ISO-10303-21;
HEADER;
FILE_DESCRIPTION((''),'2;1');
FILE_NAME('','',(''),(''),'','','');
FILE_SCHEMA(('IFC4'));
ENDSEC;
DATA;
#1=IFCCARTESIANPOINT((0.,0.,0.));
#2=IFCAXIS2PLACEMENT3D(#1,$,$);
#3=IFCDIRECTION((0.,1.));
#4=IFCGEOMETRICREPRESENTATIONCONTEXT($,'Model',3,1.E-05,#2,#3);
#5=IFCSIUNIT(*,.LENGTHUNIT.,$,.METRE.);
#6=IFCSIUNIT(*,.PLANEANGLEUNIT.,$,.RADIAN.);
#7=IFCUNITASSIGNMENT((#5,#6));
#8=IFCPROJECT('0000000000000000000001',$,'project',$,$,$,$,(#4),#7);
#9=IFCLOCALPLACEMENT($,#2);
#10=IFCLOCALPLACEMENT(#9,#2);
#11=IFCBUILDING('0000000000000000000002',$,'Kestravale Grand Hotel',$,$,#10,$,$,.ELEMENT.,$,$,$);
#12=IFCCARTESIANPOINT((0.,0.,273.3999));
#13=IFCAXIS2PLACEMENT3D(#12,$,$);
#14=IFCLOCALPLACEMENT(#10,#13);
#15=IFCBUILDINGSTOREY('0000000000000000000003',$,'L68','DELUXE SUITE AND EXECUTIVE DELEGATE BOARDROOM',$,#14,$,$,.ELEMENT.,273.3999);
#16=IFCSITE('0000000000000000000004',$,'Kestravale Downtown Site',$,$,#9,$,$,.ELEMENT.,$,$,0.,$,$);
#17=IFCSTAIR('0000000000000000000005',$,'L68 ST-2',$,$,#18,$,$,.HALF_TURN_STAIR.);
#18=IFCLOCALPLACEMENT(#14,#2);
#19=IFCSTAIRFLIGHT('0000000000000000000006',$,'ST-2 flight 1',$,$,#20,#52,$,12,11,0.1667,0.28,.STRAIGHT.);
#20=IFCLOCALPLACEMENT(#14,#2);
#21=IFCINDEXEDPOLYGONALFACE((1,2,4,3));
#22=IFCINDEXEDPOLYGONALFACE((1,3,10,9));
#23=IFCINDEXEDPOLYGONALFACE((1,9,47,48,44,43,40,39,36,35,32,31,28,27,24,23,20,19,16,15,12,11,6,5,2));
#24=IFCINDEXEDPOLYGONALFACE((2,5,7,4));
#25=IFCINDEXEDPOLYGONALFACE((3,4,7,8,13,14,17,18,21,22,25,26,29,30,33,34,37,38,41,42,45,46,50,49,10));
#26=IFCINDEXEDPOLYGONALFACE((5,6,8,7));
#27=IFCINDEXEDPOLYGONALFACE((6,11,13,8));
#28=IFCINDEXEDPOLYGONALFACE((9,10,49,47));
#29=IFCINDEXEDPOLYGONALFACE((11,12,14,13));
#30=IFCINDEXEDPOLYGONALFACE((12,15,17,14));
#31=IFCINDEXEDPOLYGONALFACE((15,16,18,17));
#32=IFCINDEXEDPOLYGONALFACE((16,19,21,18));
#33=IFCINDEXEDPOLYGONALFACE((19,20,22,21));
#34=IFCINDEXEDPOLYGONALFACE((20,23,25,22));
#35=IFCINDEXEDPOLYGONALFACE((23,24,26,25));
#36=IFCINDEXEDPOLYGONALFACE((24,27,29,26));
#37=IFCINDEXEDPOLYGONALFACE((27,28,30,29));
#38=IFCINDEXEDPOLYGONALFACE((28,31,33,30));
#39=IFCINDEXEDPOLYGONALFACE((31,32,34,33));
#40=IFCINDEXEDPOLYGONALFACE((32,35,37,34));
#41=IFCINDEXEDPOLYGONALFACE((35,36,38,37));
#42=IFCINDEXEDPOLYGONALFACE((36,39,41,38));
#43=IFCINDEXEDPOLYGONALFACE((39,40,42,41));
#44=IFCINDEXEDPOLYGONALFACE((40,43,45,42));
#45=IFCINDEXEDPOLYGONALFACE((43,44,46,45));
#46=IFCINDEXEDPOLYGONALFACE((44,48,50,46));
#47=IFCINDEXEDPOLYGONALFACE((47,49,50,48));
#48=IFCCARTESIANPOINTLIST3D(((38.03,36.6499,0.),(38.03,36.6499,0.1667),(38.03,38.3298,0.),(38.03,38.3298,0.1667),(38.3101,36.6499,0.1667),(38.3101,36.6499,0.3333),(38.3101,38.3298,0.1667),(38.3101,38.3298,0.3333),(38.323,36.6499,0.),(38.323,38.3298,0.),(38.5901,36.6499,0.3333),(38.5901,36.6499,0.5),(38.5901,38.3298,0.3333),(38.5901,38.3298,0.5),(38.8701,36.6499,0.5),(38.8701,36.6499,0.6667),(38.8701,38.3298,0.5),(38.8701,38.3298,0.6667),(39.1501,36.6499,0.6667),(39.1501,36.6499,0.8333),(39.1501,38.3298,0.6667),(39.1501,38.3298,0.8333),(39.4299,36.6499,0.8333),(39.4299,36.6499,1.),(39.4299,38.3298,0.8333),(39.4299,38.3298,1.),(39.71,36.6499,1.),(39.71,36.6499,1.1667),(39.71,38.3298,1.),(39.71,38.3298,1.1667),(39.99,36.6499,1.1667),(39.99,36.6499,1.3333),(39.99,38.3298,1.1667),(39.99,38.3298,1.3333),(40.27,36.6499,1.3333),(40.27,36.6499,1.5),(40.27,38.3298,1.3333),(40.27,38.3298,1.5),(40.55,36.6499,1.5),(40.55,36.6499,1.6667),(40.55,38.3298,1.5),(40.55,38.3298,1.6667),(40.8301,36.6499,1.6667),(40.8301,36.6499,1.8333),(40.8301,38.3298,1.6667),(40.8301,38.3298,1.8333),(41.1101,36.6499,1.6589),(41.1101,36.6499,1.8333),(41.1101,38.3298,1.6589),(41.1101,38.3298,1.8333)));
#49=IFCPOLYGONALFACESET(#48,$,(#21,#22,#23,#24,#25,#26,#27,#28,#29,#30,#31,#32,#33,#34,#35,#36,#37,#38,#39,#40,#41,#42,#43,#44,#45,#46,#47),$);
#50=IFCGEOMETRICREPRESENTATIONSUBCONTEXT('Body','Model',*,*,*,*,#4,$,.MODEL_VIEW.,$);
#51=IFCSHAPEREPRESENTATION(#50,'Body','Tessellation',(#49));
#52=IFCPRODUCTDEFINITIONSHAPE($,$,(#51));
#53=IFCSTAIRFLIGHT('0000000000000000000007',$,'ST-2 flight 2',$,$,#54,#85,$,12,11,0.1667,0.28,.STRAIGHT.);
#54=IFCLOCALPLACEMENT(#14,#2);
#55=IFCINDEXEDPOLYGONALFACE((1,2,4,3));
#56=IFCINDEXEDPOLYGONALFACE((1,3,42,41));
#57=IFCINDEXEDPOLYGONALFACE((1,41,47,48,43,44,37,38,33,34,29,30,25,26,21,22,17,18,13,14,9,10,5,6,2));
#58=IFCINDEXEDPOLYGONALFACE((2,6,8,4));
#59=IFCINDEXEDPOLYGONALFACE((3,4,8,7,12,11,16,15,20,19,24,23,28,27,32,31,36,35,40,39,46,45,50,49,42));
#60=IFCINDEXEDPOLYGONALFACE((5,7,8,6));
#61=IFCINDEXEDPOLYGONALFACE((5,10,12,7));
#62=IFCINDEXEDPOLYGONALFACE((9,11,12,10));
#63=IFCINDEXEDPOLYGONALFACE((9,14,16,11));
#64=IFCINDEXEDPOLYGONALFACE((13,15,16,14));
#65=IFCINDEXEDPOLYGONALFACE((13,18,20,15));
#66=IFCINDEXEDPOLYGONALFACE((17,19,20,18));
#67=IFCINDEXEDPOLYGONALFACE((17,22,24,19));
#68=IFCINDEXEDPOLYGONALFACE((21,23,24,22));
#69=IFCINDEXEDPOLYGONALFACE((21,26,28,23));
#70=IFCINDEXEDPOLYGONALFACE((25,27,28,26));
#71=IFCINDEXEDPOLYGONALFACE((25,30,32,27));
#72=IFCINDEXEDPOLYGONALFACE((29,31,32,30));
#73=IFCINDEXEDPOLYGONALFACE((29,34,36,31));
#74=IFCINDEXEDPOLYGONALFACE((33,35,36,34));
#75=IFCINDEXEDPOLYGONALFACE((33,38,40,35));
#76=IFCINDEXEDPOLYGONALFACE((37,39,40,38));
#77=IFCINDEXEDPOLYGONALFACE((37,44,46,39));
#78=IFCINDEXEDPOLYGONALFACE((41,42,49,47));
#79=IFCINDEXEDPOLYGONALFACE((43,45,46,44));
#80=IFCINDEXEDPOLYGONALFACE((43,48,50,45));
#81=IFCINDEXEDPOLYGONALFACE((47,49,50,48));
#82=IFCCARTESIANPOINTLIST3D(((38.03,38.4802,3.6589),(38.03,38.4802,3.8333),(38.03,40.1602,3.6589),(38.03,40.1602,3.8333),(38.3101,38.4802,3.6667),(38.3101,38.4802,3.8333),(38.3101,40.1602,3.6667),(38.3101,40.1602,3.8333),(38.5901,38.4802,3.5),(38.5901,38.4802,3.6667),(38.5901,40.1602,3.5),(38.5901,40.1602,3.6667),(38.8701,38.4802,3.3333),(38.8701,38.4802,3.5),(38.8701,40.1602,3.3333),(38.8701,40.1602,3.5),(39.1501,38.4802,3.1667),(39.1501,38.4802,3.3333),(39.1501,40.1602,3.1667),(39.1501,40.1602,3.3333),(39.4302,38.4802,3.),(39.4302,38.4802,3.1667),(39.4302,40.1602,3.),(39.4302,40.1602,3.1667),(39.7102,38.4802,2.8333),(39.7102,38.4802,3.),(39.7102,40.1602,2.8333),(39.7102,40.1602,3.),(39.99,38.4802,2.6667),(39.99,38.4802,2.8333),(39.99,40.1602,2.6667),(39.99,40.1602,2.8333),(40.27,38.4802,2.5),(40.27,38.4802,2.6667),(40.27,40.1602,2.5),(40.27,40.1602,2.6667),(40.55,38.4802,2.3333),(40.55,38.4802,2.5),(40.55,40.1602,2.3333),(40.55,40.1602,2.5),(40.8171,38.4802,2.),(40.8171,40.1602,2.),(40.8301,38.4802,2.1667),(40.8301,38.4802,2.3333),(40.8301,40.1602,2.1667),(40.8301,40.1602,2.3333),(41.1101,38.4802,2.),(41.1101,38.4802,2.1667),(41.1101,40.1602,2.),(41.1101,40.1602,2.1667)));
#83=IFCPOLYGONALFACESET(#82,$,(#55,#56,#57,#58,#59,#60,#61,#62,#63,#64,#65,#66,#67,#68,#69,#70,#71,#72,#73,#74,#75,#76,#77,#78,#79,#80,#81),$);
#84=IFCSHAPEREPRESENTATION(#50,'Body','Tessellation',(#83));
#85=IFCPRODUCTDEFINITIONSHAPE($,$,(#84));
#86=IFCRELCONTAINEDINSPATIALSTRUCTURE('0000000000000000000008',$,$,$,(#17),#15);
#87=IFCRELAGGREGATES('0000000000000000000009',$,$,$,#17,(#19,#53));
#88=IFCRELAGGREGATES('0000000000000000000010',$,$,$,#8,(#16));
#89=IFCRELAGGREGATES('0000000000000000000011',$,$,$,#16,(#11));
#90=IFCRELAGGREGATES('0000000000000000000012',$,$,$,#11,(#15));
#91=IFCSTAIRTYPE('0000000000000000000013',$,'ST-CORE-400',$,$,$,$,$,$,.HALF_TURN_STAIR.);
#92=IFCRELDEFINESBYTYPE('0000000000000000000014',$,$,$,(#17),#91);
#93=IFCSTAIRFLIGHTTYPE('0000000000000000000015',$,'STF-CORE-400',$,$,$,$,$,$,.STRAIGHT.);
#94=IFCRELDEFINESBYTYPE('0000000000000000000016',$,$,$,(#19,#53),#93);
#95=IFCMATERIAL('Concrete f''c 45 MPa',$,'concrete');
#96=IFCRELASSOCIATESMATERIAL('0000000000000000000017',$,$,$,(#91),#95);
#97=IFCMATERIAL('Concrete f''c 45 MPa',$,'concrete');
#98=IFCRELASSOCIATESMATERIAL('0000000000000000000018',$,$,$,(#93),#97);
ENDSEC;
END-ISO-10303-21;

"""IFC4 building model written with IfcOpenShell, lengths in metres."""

from ifc_helpers import new_model, si_unit, direction, frame, origin, place, context, subcontext, project, spatial, polyline, outline, extrude, material, type_object, element, aggregate, save


model = new_model("IFC4")

# Units and contexts
model_context = context("Model", 3, precision=1e-05, world=origin(), true_north=direction((0.0, 1.0)))
body_context = subcontext(model_context, "Body", "Model", "MODEL_VIEW")
ifc_project = project(units=[si_unit("LENGTHUNIT", "METRE"), si_unit("PLANEANGLEUNIT", "RADIAN")], contexts=[model_context])

# Site, building, storey
site_placement = place(None, origin())
site = spatial("IfcSite", under=ifc_project, at=site_placement, Name="Kestravale Downtown Site", CompositionType="ELEMENT", RefElevation=0.0)
building_placement = place(site_placement, origin())
building = spatial("IfcBuilding", under=site, at=building_placement, Name="Kestravale Grand Hotel", CompositionType="ELEMENT")
storey_placement = place(building_placement, frame((0.0, 0.0, 273.3999)))
storey = spatial("IfcBuildingStorey", under=building, at=storey_placement, Name="L68", Description="DELUXE SUITE AND EXECUTIVE DELEGATE BOARDROOM", CompositionType="ELEMENT", Elevation=273.3999)

# Stair, stair flights
ifc_material_1 = material(Name="Concrete f'c 45 MPa", Category="concrete")
stair_type = type_object("IfcStairType", Name="ST-CORE-400", PredefinedType="HALF_TURN_STAIR", material=ifc_material_1)
stair_placement = place(storey_placement, origin())
stair = element("IfcStair", 1, at=stair_placement, inside=storey, type_object=stair_type, Name="L68 ST-2", PredefinedType="HALF_TURN_STAIR")
ifc_material_2 = material(Name="Concrete f'c 45 MPa", Category="concrete")
stair_flight_type = type_object("IfcStairFlightType", Name="STF-CORE-400", PredefinedType="STRAIGHT", material=ifc_material_2)
stair_flight_1_placement = place(storey_placement, frame((38.03, 37.49, 0.0), z_axis=(0.0, 0.0, 1.0), x_axis=(1.0, 0.0, 0.0)))
stair_flight_1 = element("IfcStairFlight", 2, at=stair_flight_1_placement, type_object=stair_flight_type, Name="ST-2 flight 1", NumberOfRisers=12, NumberOfTreads=11, PredefinedType="STRAIGHT", RiserHeight=0.1667, TreadLength=0.28, context=body_context, shape_type="SweptSolid", body=[
    extrude(outline(polyline([(0.0, 0.0), (0.0, 0.1667), (0.28, 0.1667), (0.28, 0.3333), (0.5601, 0.3333), (0.5601, 0.5), (0.8401, 0.5), (0.8401, 0.6667), (1.1201, 0.6667), (1.1201, 0.8333), (1.3999, 0.8333), (1.3999, 1.0), (1.6799, 1.0), (1.6799, 1.1667), (1.96, 1.1667), (1.96, 1.3333), (2.24, 1.3333), (2.24, 1.5), (2.52, 1.5), (2.52, 1.6667), (2.8, 1.6667), (2.8, 1.8333), (3.0801, 1.8333), (3.0801, 2.0), (3.0801, 1.6589), (0.293, 0.0), (0.0, 0.0)])), frame((0.0, 0.8398, 0.0), z_axis=(0.0, -1.0, 0.0), x_axis=(1.0, 0.0, 0.0)), (0.0, 0.0, 1.0), 1.6799),
])
stair_flight_2_placement = place(storey_placement, frame((41.1101, 39.3201, 2.0), z_axis=(0.0, 0.0, 1.0), x_axis=(-1.0, 0.0, 0.0)))
stair_flight_2 = element("IfcStairFlight", 3, at=stair_flight_2_placement, type_object=stair_flight_type, Name="ST-2 flight 2", NumberOfRisers=12, NumberOfTreads=11, PredefinedType="STRAIGHT", RiserHeight=0.1667, TreadLength=0.28, context=body_context, shape_type="SweptSolid", body=[
    extrude(outline(polyline([(0.0, 0.0), (0.0, 0.1667), (0.28, 0.1667), (0.28, 0.3333), (0.5601, 0.3333), (0.5601, 0.5), (0.8401, 0.5), (0.8401, 0.6667), (1.1201, 0.6667), (1.1201, 0.8333), (1.3999, 0.8333), (1.3999, 1.0), (1.6799, 1.0), (1.6799, 1.1667), (1.96, 1.1667), (1.96, 1.3333), (2.24, 1.3333), (2.24, 1.5), (2.52, 1.5), (2.52, 1.6667), (2.8, 1.6667), (2.8, 1.8333), (3.0801, 1.8333), (3.0801, 2.0), (3.0801, 1.6589), (0.293, 0.0), (0.0, 0.0)])), frame((0.0, 0.8398, 0.0), z_axis=(0.0, -1.0, 0.0), x_axis=(1.0, 0.0, 0.0)), (0.0, 0.0, 1.0), 1.6799),
])
aggregate(stair, [stair_flight_1, stair_flight_2])

save(model, "model.ifc")
